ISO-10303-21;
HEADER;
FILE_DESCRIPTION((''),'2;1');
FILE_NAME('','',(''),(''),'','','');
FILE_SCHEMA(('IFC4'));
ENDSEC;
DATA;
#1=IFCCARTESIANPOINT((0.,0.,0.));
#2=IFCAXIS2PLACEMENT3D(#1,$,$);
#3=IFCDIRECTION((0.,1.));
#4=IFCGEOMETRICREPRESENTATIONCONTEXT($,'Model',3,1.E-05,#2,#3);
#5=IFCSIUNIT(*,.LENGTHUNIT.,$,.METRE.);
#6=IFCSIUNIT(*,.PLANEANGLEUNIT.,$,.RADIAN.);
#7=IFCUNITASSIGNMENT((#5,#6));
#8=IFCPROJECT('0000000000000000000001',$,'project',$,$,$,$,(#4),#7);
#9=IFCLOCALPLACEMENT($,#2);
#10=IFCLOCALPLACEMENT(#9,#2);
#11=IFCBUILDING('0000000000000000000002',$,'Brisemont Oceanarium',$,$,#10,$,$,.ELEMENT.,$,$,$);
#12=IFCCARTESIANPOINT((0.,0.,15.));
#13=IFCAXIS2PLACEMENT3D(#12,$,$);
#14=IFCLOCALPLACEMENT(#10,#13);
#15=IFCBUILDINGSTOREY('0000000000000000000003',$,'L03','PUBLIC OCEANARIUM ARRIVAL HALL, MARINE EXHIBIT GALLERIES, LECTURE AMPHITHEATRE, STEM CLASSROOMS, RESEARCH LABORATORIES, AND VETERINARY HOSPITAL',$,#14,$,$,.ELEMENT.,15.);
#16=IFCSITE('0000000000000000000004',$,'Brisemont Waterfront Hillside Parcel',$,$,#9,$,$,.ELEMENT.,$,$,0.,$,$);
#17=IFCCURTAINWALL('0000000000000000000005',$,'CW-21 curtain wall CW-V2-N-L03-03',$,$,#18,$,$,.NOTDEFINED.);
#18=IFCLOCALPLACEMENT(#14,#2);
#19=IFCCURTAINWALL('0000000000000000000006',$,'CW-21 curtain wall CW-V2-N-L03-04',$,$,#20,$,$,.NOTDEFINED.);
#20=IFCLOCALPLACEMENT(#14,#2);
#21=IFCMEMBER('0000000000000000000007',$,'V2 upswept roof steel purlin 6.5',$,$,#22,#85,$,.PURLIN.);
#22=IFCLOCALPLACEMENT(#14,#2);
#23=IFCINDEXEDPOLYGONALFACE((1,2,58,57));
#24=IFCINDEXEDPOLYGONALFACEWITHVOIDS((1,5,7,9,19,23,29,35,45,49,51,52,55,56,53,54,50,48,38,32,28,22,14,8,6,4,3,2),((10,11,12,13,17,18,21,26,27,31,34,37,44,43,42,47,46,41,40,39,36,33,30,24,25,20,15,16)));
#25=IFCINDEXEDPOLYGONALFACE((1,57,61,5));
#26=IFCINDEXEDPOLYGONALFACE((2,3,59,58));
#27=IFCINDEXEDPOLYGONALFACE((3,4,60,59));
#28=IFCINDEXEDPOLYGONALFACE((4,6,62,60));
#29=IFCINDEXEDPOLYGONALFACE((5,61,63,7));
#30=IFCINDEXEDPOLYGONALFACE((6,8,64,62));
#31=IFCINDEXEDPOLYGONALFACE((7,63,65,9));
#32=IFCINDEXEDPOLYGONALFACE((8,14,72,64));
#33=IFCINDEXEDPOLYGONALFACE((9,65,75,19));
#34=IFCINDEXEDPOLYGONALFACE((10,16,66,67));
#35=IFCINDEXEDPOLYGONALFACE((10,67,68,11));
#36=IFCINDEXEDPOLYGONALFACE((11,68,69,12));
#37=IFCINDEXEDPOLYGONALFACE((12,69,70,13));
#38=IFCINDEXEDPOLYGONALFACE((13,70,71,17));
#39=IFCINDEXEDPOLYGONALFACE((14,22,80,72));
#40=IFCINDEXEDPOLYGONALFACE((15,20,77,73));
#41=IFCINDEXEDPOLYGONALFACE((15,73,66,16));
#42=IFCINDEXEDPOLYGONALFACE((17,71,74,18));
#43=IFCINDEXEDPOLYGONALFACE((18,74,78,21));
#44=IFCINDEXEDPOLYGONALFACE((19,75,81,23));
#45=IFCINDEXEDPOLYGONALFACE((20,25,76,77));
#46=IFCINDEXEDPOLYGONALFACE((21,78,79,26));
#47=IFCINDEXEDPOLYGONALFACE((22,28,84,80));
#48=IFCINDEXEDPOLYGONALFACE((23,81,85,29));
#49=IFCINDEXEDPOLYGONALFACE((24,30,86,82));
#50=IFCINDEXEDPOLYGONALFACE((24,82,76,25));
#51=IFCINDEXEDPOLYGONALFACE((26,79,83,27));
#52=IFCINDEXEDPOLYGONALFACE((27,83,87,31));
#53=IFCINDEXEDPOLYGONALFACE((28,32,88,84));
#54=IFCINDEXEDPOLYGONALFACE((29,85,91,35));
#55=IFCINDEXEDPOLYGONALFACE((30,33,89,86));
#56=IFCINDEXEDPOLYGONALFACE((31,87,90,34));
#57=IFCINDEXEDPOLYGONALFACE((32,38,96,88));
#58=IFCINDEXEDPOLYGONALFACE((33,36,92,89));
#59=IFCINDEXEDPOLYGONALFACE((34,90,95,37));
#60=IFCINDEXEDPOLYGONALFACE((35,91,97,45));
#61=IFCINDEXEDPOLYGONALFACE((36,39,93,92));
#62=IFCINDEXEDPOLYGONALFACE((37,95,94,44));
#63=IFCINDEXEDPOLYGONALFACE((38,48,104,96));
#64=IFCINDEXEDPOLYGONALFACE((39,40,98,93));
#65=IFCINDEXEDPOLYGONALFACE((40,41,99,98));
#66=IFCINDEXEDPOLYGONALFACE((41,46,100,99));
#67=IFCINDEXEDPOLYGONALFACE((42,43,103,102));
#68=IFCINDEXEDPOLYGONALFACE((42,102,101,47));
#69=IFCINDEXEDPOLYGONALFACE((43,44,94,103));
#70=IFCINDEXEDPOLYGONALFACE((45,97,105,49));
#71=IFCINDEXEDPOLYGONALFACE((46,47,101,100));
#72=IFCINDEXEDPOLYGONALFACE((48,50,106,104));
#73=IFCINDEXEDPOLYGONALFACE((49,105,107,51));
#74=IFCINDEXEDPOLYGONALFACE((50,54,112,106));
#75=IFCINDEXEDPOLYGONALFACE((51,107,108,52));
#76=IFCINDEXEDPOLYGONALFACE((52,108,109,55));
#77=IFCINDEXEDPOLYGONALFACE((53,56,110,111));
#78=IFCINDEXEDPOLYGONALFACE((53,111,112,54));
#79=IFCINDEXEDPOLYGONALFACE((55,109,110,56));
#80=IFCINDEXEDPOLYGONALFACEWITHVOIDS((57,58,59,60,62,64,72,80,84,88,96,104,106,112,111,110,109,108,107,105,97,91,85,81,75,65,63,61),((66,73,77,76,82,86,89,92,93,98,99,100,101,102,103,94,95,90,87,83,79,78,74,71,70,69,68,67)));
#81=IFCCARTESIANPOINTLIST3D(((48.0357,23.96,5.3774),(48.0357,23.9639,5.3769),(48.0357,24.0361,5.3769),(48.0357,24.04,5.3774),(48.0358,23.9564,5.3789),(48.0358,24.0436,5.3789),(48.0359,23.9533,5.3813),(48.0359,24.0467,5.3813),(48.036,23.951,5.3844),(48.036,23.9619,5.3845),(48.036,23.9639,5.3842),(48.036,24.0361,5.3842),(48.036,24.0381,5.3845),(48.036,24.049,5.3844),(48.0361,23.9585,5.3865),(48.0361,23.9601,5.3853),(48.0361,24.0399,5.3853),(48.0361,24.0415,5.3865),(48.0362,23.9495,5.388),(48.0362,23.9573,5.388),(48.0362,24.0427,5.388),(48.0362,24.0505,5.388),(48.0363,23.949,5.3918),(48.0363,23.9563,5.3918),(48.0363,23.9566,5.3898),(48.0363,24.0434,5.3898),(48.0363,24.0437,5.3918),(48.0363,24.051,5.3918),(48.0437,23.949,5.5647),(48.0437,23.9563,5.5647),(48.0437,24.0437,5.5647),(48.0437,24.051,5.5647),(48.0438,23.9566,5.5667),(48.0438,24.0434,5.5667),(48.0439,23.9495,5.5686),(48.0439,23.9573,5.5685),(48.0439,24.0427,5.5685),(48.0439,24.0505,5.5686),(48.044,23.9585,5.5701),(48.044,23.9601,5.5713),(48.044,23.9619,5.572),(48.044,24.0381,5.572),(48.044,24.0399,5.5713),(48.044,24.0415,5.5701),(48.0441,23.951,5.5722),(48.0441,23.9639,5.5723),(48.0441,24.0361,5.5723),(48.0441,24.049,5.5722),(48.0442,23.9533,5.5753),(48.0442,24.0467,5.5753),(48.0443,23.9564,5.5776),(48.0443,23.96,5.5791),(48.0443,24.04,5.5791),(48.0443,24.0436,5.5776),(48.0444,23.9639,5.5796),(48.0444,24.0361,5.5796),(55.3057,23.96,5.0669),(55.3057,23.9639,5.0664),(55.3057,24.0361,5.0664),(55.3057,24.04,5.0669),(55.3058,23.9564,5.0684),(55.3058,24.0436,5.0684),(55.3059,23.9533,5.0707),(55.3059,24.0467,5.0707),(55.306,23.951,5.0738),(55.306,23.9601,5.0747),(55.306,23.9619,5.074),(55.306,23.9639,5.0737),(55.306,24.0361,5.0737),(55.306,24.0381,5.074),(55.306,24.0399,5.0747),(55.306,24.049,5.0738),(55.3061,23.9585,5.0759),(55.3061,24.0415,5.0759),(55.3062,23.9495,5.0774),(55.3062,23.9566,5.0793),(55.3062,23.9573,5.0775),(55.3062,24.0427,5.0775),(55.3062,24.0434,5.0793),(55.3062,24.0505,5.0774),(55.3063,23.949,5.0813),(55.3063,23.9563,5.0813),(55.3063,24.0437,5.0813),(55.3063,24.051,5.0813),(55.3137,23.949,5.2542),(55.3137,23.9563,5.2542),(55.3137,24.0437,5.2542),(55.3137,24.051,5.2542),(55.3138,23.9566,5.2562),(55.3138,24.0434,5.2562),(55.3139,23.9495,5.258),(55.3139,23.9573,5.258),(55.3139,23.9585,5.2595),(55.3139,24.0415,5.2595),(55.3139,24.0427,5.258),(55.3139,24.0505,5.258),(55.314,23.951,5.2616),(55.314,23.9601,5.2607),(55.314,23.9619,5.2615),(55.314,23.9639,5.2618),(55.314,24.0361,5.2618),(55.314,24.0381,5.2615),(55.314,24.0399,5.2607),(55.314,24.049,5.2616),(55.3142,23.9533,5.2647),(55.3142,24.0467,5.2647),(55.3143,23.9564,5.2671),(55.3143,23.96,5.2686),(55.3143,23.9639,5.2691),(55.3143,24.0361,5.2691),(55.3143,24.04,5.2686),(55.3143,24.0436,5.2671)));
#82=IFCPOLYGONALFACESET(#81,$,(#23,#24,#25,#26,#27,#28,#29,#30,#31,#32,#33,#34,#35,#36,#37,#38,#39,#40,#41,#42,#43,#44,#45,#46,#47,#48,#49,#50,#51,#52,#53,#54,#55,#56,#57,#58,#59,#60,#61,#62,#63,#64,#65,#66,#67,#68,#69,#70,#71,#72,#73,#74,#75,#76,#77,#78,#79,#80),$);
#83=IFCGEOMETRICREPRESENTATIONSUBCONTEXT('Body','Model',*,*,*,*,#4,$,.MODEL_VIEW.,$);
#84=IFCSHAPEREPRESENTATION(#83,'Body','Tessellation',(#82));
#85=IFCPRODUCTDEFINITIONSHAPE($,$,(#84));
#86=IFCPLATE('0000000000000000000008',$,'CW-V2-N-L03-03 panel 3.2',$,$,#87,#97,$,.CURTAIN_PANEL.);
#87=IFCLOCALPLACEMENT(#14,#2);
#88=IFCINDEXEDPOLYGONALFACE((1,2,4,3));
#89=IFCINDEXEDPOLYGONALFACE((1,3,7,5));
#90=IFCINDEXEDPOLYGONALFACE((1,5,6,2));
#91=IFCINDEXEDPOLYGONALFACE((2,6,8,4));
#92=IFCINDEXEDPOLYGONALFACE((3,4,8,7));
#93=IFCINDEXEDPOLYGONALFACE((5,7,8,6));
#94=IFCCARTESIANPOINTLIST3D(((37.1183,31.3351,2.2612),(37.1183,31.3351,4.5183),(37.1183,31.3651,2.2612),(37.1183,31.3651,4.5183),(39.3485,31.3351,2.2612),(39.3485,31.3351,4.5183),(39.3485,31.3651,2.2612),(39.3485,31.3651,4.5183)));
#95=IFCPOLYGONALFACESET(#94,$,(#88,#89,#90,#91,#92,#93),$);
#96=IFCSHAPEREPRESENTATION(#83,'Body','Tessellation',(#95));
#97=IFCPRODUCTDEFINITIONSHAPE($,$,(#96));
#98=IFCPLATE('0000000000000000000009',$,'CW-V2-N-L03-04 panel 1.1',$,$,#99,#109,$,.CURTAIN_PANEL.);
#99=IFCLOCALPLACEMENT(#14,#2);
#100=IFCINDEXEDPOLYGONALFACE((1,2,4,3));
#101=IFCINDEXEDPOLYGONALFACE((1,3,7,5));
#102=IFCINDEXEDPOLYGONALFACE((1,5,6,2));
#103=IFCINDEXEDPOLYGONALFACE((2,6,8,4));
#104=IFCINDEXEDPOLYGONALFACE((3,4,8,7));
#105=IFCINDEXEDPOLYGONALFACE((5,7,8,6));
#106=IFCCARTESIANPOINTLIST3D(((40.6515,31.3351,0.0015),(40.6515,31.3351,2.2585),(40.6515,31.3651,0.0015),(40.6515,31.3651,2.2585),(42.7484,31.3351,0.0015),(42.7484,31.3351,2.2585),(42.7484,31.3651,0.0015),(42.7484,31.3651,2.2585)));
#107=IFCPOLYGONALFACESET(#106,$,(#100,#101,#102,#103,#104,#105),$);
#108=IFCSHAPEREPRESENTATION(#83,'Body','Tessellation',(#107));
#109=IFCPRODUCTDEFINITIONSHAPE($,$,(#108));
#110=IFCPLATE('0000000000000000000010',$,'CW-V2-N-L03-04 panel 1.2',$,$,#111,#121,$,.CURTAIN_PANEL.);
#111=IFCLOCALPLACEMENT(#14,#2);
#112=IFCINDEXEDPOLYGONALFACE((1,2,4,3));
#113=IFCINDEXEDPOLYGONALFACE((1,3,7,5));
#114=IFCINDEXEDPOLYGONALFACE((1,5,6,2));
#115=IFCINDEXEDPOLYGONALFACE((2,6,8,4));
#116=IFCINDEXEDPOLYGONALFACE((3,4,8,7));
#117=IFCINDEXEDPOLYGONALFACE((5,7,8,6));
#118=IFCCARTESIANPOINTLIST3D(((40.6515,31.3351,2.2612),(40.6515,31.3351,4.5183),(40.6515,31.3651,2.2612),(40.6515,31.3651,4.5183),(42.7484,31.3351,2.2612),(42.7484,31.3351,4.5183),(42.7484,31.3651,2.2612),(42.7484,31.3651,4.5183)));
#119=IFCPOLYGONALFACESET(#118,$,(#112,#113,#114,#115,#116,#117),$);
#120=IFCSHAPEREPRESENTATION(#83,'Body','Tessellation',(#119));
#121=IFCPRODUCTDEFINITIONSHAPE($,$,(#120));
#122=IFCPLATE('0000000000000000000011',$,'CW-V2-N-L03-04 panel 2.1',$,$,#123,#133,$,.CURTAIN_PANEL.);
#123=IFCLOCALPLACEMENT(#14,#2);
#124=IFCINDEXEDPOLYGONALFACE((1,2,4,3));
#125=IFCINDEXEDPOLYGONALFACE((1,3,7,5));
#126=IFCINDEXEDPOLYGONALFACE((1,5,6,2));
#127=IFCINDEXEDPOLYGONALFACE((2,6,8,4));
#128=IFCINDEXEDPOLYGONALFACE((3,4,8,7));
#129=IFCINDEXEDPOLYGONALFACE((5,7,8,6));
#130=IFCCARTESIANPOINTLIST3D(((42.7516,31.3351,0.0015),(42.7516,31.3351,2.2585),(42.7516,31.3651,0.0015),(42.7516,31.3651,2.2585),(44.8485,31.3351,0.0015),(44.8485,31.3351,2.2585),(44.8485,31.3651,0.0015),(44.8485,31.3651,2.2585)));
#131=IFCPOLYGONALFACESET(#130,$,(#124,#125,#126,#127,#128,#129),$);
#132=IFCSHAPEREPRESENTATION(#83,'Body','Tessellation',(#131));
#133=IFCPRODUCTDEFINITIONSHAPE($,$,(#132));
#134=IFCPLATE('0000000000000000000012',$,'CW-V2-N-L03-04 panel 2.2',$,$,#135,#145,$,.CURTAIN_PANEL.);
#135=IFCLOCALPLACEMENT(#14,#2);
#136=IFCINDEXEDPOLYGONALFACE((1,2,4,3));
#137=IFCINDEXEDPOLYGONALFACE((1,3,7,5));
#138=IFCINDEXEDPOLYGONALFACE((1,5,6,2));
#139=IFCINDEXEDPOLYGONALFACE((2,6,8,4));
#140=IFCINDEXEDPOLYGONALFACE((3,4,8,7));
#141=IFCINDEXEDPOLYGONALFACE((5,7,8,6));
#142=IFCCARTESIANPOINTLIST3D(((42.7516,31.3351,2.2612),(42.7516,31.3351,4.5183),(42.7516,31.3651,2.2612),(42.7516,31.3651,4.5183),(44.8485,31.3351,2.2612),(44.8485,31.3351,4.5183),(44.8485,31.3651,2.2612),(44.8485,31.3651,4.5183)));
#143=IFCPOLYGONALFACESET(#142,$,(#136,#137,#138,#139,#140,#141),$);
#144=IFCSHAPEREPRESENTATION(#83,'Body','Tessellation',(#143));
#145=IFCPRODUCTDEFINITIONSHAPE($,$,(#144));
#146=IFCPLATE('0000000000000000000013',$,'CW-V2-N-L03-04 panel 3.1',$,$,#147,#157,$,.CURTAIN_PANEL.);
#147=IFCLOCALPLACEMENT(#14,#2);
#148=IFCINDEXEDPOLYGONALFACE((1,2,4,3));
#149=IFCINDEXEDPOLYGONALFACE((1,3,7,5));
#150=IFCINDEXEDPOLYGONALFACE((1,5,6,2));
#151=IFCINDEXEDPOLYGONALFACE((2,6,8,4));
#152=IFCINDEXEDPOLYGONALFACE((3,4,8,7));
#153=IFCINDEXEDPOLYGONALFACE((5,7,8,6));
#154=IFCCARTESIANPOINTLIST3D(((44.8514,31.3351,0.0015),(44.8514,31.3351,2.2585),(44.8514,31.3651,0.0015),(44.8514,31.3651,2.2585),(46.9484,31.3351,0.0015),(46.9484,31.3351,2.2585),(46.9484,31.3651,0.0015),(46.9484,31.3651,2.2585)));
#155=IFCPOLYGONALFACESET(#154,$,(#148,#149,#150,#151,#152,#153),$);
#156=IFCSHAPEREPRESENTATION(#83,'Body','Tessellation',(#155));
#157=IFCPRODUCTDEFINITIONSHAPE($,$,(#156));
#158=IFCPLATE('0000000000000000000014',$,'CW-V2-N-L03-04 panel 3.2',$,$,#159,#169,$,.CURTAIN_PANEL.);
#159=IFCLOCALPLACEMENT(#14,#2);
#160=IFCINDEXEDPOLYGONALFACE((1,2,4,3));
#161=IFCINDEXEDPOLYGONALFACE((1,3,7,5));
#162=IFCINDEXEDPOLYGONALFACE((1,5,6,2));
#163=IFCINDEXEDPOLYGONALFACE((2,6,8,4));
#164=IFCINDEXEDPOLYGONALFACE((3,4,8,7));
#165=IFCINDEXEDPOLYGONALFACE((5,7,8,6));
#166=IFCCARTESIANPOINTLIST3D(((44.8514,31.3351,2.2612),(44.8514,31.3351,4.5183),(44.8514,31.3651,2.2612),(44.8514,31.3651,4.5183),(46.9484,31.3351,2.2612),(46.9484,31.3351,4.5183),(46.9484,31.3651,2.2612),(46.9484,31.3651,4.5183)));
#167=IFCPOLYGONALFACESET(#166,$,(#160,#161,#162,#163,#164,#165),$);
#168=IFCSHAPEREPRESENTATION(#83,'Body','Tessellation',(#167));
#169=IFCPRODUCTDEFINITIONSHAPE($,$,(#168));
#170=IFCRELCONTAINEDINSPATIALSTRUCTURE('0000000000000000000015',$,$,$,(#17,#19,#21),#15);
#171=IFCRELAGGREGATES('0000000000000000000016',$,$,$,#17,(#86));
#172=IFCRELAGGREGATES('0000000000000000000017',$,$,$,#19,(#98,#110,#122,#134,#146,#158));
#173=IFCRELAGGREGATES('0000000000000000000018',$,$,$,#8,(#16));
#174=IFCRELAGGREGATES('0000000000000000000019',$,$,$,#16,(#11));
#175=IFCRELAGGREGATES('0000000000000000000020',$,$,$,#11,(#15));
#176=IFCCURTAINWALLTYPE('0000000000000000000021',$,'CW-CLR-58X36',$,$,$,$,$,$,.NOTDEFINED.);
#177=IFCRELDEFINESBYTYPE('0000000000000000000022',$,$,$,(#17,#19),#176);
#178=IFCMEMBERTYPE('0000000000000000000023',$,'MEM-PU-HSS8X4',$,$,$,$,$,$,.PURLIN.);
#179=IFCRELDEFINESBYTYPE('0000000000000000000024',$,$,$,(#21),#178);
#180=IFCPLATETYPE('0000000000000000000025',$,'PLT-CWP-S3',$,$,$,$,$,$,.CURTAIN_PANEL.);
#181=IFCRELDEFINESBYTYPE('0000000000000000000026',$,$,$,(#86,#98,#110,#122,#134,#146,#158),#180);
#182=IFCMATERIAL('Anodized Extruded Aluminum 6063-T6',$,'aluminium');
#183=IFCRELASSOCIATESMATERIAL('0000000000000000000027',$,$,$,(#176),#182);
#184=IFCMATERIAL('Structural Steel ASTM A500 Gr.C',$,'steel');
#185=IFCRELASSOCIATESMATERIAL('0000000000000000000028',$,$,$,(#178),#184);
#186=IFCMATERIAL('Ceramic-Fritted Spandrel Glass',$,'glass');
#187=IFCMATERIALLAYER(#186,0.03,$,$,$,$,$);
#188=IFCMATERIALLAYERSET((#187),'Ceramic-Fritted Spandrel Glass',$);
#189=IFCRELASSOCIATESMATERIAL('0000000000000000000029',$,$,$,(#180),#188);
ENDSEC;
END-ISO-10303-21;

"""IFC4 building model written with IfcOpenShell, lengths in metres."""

from ifc_helpers import new_model, si_unit, direction, frame, origin, origin_2d, place, context, subcontext, project, spatial, rectangle, hollow_rectangle, extrude, material, layer, layer_set, material_profile, profile_set, type_object, element, aggregate, save


model = new_model("IFC4")

# Units and contexts
model_context = context("Model", 3, precision=1e-05, world=origin(), true_north=direction((0.0, 1.0)))
body_context = subcontext(model_context, "Body", "Model", "MODEL_VIEW")
ifc_project = project(units=[si_unit("LENGTHUNIT", "METRE"), si_unit("PLANEANGLEUNIT", "RADIAN")], contexts=[model_context])

# Site, building, storey
site_placement = place(None, origin())
site = spatial("IfcSite", under=ifc_project, at=site_placement, Name="Brisemont Waterfront Hillside Parcel", CompositionType="ELEMENT", RefElevation=0.0)
building_placement = place(site_placement, origin())
building = spatial("IfcBuilding", under=site, at=building_placement, Name="Brisemont Oceanarium", CompositionType="ELEMENT")
storey_placement = place(building_placement, frame((0.0, 0.0, 15.0)))
storey = spatial("IfcBuildingStorey", under=building, at=storey_placement, Name="L03", Description="PUBLIC OCEANARIUM ARRIVAL HALL, MARINE EXHIBIT GALLERIES, LECTURE AMPHITHEATRE, STEM CLASSROOMS, RESEARCH LABORATORIES, AND VETERINARY HOSPITAL", CompositionType="ELEMENT", Elevation=15.0)

# Curtain wall
ifc_material_1 = material(Name="Anodized Extruded Aluminum 6063-T6", Category="aluminium")
curtain_wall_type = type_object("IfcCurtainWallType", Name="CW-CLR-58X36", PredefinedType="NOTDEFINED", material=ifc_material_1)
curtain_wall_1_placement = place(storey_placement, origin())
curtain_wall_1 = element("IfcCurtainWall", 1, at=curtain_wall_1_placement, inside=storey, type_object=curtain_wall_type, Name="CW-21 curtain wall CW-V2-N-L03-03", PredefinedType="NOTDEFINED")

# Curtain wall
curtain_wall_2_placement = place(storey_placement, origin())
curtain_wall_2 = element("IfcCurtainWall", 2, at=curtain_wall_2_placement, inside=storey, type_object=curtain_wall_type, Name="CW-21 curtain wall CW-V2-N-L03-04", PredefinedType="NOTDEFINED")

# Member
ifc_material_2 = material(Name="Structural Steel ASTM A500 Gr.C", Category="steel")
ifc_material_profile_1 = material_profile(ifc_material_2, hollow_rectangle(XDim=0.1021, YDim=0.2029, WallThickness=0.0073, InnerFilletRadius=0.0076, OuterFilletRadius=0.0149, at=origin_2d()), Name="HSS8X4X5/16")
ifc_profile_set_1 = profile_set([ifc_material_profile_1], Name="Structural Steel ASTM A500 Gr.C")
member_type_1 = type_object("IfcMemberType", Name="MEM-PU-HSS8X4", PredefinedType="PURLIN", material=ifc_profile_set_1)
member_1_placement = place(storey_placement, frame((48.04, 24.0, 5.4783), z_axis=(0.999089, 0.0, -0.042677), x_axis=(0.0, 1.0, 0.0)))
element("IfcMember", 3, at=member_1_placement, inside=storey, type_object=member_type_1, Name="V2 upswept roof steel purlin 6.5", PredefinedType="PURLIN", context=body_context, shape_type="SweptSolid", body=[
    extrude(hollow_rectangle(XDim=0.1021, YDim=0.2029, WallThickness=0.0073, InnerFilletRadius=0.0076, OuterFilletRadius=0.0149, at=origin_2d()), origin(), (0.0, 0.0, 1.0), 7.2766),
])

# Plates
ifc_material_3 = material(Name="Ceramic-Fritted Spandrel Glass", Category="glass")
ifc_layer = layer(ifc_material_3, 0.03)
ifc_layer_set = layer_set([ifc_layer], Name="Ceramic-Fritted Spandrel Glass")
plate_type = type_object("IfcPlateType", Name="PLT-CWP-S3", PredefinedType="CURTAIN_PANEL", material=ifc_layer_set)
plate_1_placement = place(storey_placement, frame((38.2334, 31.3501, 2.2612), z_axis=(0.0, 0.0, 1.0), x_axis=(1.0, 0.0, 0.0)))
plate_1 = element("IfcPlate", 4, at=plate_1_placement, type_object=plate_type, Name="CW-V2-N-L03-03 panel 3.2", PredefinedType="CURTAIN_PANEL", context=body_context, shape_type="SweptSolid", body=[
    extrude(rectangle(XDim=2.2302, YDim=0.03, at=origin_2d()), origin(), (0.0, 0.0, 1.0), 2.2571),
])
aggregate(curtain_wall_1, [plate_1])
plate_2_placement = place(storey_placement, frame((41.7, 31.3501, 0.0015), z_axis=(0.0, 0.0, 1.0), x_axis=(1.0, 0.0, 0.0)))
plate_2 = element("IfcPlate", 5, at=plate_2_placement, type_object=plate_type, Name="CW-V2-N-L03-04 panel 1.1", PredefinedType="CURTAIN_PANEL", context=body_context, shape_type="SweptSolid", body=[
    extrude(rectangle(XDim=2.0969, YDim=0.03, at=origin_2d()), origin(), (0.0, 0.0, 1.0), 2.2571),
])
plate_3_placement = place(storey_placement, frame((41.7, 31.3501, 2.2612), z_axis=(0.0, 0.0, 1.0), x_axis=(1.0, 0.0, 0.0)))
plate_3 = element("IfcPlate", 6, at=plate_3_placement, type_object=plate_type, Name="CW-V2-N-L03-04 panel 1.2", PredefinedType="CURTAIN_PANEL", context=body_context, shape_type="SweptSolid", body=[
    extrude(rectangle(XDim=2.0969, YDim=0.03, at=origin_2d()), origin(), (0.0, 0.0, 1.0), 2.2571),
])
plate_4_placement = place(storey_placement, frame((43.8, 31.3501, 0.0015), z_axis=(0.0, 0.0, 1.0), x_axis=(1.0, 0.0, 0.0)))
plate_4 = element("IfcPlate", 7, at=plate_4_placement, type_object=plate_type, Name="CW-V2-N-L03-04 panel 2.1", PredefinedType="CURTAIN_PANEL", context=body_context, shape_type="SweptSolid", body=[
    extrude(rectangle(XDim=2.0969, YDim=0.03, at=origin_2d()), origin(), (0.0, 0.0, 1.0), 2.2571),
])
plate_5_placement = place(storey_placement, frame((43.8, 31.3501, 2.2612), z_axis=(0.0, 0.0, 1.0), x_axis=(1.0, 0.0, 0.0)))
plate_5 = element("IfcPlate", 8, at=plate_5_placement, type_object=plate_type, Name="CW-V2-N-L03-04 panel 2.2", PredefinedType="CURTAIN_PANEL", context=body_context, shape_type="SweptSolid", body=[
    extrude(rectangle(XDim=2.0969, YDim=0.03, at=origin_2d()), origin(), (0.0, 0.0, 1.0), 2.2571),
])
plate_6_placement = place(storey_placement, frame((45.8999, 31.3501, 0.0015), z_axis=(0.0, 0.0, 1.0), x_axis=(1.0, 0.0, 0.0)))
plate_6 = element("IfcPlate", 9, at=plate_6_placement, type_object=plate_type, Name="CW-V2-N-L03-04 panel 3.1", PredefinedType="CURTAIN_PANEL", context=body_context, shape_type="SweptSolid", body=[
    extrude(rectangle(XDim=2.0969, YDim=0.03, at=origin_2d()), origin(), (0.0, 0.0, 1.0), 2.2571),
])
plate_7_placement = place(storey_placement, frame((45.8999, 31.3501, 2.2612), z_axis=(0.0, 0.0, 1.0), x_axis=(1.0, 0.0, 0.0)))
plate_7 = element("IfcPlate", 10, at=plate_7_placement, type_object=plate_type, Name="CW-V2-N-L03-04 panel 3.2", PredefinedType="CURTAIN_PANEL", context=body_context, shape_type="SweptSolid", body=[
    extrude(rectangle(XDim=2.0969, YDim=0.03, at=origin_2d()), origin(), (0.0, 0.0, 1.0), 2.2571),
])
aggregate(curtain_wall_2, [plate_2, plate_3, plate_4, plate_5, plate_6, plate_7])

save(model, "model.ifc")
